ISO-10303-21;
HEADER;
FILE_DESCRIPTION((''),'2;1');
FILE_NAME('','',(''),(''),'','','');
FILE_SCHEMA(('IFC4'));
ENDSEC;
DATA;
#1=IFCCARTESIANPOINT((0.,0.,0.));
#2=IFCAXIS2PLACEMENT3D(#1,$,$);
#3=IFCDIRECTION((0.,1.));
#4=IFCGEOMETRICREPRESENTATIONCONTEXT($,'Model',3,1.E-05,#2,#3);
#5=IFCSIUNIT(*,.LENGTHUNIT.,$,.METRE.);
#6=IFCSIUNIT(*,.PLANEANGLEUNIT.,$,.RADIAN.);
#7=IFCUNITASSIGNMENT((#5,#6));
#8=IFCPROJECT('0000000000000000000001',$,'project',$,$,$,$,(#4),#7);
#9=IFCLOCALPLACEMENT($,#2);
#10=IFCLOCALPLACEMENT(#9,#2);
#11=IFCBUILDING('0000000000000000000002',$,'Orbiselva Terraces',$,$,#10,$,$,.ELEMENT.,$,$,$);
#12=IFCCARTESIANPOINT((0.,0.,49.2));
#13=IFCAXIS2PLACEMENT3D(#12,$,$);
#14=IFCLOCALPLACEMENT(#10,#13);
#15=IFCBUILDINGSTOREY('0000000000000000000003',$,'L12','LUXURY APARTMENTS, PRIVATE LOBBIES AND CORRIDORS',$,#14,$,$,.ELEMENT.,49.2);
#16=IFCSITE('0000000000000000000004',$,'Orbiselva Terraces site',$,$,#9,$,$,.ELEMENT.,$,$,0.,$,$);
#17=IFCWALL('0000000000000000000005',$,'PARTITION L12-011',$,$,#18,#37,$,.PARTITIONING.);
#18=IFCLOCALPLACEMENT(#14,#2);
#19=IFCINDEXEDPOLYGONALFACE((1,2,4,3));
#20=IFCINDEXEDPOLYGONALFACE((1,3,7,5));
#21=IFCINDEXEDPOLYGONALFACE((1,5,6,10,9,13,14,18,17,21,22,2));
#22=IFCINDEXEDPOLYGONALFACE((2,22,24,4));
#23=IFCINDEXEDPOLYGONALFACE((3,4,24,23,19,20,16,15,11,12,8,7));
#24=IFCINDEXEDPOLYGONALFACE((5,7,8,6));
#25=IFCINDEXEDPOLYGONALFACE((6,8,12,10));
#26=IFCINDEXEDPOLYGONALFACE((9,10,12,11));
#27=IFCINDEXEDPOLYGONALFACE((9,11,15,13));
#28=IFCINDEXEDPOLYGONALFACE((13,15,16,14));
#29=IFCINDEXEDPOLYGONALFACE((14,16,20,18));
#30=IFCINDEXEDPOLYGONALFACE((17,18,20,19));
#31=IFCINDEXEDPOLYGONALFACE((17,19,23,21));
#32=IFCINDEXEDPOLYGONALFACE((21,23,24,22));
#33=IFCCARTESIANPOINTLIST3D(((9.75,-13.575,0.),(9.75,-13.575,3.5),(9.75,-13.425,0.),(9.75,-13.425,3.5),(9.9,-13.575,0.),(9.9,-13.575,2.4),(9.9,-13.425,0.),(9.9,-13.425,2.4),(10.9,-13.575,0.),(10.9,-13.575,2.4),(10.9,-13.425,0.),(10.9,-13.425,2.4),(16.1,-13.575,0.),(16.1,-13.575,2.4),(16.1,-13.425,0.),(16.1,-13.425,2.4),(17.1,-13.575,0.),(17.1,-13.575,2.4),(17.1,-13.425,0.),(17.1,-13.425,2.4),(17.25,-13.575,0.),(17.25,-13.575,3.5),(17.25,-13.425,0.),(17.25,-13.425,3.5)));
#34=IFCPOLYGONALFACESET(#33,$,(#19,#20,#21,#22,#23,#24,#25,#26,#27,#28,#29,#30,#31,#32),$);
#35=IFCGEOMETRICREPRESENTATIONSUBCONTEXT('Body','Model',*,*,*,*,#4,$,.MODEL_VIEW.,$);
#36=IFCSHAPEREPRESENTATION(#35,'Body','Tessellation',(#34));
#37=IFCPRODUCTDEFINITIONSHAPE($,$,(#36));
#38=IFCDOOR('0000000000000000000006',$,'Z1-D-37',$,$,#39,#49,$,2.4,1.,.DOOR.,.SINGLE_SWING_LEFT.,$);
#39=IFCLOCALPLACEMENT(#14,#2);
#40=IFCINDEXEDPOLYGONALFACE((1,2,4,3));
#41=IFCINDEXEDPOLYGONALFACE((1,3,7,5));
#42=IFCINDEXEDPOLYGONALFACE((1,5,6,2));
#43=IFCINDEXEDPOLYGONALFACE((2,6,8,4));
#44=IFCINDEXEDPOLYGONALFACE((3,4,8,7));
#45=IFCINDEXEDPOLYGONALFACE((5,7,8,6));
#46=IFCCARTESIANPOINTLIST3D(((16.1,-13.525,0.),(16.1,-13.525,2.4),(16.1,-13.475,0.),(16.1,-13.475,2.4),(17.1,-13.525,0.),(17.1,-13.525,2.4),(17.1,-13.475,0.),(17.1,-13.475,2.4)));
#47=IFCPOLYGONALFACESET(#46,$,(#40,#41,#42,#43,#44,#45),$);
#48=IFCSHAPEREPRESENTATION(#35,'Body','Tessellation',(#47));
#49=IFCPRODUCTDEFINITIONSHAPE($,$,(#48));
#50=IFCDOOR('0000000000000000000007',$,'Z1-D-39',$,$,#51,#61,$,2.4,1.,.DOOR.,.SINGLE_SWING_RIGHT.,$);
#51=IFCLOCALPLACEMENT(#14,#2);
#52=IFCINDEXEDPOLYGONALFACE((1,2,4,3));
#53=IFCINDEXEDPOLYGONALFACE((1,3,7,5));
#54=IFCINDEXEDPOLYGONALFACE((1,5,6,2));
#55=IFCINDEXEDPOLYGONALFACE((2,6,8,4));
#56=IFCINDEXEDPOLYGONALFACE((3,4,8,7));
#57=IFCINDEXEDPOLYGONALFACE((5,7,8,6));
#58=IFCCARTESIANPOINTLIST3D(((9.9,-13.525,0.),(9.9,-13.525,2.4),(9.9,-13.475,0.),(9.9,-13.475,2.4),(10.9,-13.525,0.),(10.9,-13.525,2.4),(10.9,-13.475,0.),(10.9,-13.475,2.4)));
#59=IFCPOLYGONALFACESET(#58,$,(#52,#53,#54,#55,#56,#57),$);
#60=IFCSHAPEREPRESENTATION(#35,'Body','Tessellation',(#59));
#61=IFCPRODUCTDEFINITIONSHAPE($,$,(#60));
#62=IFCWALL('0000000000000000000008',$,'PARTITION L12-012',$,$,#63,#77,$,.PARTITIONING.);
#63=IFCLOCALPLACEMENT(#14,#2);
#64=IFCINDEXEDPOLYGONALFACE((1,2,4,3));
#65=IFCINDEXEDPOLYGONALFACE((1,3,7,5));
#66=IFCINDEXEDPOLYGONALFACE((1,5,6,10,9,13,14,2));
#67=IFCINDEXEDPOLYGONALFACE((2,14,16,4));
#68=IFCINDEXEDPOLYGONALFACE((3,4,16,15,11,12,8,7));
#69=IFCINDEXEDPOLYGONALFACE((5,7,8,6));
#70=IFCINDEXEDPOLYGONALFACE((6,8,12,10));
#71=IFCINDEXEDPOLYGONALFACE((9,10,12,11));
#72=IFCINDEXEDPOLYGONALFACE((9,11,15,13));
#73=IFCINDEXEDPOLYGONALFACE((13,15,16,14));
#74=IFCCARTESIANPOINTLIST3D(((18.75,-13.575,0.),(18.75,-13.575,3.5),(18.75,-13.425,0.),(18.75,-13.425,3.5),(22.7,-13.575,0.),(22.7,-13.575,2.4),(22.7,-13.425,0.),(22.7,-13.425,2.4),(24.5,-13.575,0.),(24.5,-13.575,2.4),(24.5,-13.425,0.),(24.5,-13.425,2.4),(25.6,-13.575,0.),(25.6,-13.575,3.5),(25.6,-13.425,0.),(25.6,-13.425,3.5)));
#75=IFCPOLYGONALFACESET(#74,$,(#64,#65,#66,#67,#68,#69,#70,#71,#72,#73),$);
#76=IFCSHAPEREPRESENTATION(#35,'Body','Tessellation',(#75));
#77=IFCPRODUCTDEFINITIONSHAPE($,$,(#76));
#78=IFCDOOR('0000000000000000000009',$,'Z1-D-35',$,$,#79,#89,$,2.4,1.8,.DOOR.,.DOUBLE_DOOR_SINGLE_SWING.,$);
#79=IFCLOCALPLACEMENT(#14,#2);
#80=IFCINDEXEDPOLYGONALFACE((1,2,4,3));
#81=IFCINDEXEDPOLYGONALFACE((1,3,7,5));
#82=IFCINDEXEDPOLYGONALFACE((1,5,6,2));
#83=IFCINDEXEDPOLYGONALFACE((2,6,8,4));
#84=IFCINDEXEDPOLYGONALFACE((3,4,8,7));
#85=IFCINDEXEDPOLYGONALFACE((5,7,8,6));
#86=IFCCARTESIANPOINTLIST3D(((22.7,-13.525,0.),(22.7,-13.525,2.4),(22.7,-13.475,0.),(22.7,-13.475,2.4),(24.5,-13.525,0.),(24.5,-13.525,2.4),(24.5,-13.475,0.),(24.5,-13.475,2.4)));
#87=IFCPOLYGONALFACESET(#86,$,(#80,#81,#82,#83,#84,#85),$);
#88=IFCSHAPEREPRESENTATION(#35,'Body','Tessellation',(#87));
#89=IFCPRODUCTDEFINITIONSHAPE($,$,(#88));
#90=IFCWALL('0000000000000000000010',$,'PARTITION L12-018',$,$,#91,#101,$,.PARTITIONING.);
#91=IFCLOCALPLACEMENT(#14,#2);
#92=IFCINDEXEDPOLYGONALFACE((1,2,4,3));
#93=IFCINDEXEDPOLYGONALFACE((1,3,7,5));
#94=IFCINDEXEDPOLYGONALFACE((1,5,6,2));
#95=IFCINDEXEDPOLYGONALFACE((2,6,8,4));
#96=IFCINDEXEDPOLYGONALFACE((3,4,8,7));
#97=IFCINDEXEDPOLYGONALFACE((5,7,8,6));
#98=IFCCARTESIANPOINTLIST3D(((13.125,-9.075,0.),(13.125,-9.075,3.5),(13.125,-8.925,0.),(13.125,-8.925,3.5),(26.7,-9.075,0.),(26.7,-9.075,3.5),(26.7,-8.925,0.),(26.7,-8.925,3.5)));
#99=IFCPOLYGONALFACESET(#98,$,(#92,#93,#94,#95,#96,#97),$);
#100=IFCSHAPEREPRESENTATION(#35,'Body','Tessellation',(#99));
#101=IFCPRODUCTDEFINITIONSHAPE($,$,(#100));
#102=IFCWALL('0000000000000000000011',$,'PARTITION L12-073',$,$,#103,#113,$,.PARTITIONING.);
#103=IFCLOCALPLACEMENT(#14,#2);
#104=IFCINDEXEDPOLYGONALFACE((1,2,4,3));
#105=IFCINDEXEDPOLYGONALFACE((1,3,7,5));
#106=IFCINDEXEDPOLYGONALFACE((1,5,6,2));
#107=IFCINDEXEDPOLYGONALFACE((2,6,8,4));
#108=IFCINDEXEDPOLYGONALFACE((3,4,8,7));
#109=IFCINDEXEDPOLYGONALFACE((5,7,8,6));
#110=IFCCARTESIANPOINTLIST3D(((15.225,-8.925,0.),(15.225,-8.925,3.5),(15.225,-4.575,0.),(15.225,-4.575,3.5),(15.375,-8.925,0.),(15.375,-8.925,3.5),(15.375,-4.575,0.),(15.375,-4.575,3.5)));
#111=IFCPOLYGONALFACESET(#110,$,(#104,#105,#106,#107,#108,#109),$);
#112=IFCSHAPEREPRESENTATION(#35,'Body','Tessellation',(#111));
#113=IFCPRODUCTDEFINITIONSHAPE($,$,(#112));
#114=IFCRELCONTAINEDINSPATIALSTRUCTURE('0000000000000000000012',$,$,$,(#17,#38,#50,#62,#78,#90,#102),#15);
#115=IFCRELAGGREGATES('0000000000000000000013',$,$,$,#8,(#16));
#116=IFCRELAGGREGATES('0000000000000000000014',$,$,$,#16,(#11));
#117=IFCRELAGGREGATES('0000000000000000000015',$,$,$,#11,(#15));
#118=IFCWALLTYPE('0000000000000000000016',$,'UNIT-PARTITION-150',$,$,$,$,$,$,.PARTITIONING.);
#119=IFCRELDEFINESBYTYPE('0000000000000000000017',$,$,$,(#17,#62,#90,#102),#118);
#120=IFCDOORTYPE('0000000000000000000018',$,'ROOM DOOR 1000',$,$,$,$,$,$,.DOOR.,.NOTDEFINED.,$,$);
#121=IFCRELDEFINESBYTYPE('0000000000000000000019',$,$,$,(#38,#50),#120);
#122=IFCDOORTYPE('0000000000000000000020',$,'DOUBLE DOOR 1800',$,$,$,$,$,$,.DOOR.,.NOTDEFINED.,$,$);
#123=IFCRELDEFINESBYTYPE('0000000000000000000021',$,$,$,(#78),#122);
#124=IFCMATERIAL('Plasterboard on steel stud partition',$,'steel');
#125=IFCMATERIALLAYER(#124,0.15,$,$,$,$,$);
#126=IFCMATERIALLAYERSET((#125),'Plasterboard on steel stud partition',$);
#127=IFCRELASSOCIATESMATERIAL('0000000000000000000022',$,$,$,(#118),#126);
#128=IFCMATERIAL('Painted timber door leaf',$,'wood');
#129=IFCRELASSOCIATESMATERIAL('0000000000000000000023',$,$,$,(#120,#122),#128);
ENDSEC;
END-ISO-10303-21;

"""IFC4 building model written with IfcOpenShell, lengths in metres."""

from ifc_helpers import new_model, si_unit, direction, frame, frame_2d, origin, place, context, subcontext, project, spatial, rectangle, extrude, material, layer, layer_set, type_object, element, fill, save


model = new_model("IFC4")

# Units and contexts
model_context = context("Model", 3, precision=1e-05, world=origin(), true_north=direction((0.0, 1.0)))
body_context = subcontext(model_context, "Body", "Model", "MODEL_VIEW")
ifc_project = project(units=[si_unit("LENGTHUNIT", "METRE"), si_unit("PLANEANGLEUNIT", "RADIAN")], contexts=[model_context])

# Site, building, storey
site_placement = place(None, origin())
site = spatial("IfcSite", under=ifc_project, at=site_placement, Name="Orbiselva Terraces site", CompositionType="ELEMENT", RefElevation=0.0)
building_placement = place(site_placement, origin())
building = spatial("IfcBuilding", under=site, at=building_placement, Name="Orbiselva Terraces", CompositionType="ELEMENT")
storey_placement = place(building_placement, frame((0.0, 0.0, 49.2)))
storey = spatial("IfcBuildingStorey", under=building, at=storey_placement, Name="L12", Description="LUXURY APARTMENTS, PRIVATE LOBBIES AND CORRIDORS", CompositionType="ELEMENT", Elevation=49.2)

# Shared definitions
ifc_material_1 = material(Name="Plasterboard on steel stud partition", Category="steel")
ifc_layer_1 = layer(ifc_material_1, 0.15)
ifc_layer_set_1 = layer_set([ifc_layer_1], Name="Plasterboard on steel stud partition")
wall_type_1 = type_object("IfcWallType", Name="UNIT-PARTITION-150", PredefinedType="PARTITIONING", material=ifc_layer_set_1)
ifc_material_2 = material(Name="Painted timber door leaf", Category="wood")

# Wall, openings, doors
wall_1_placement = place(storey_placement, frame((17.25, -13.5, 0.0), z_axis=(0.0, 0.0, 1.0), x_axis=(-1.0, 0.0, 0.0)))
wall_1 = element("IfcWall", 1, at=wall_1_placement, inside=storey, type_object=wall_type_1, Name="PARTITION L12-011", PredefinedType="PARTITIONING", context=body_context, shape_type="SweptSolid", body=[
    extrude(rectangle(XDim=7.5, YDim=0.15, at=frame_2d((3.75, 0.0))), origin(), (0.0, 0.0, 1.0), 3.5),
])
opening_1_placement = place(wall_1_placement, frame((0.15, 0.0, 0.0)))
opening_1 = element("IfcOpeningElement", 2, at=opening_1_placement, cuts=wall_1, PredefinedType="OPENING", context=body_context, shape_type="SweptSolid", body=[
    extrude(rectangle(XDim=1.0, YDim=2.4, at=frame_2d((0.5, 1.2))), frame((0.0, 0.085, 0.0), z_axis=(0.0, -1.0, 0.0), x_axis=(1.0, 0.0, 0.0)), (0.0, 0.0, 1.0), 0.17),
])
opening_2_placement = place(wall_1_placement, frame((6.35, 0.0, 0.0)))
opening_2 = element("IfcOpeningElement", 3, at=opening_2_placement, cuts=wall_1, PredefinedType="OPENING", context=body_context, shape_type="SweptSolid", body=[
    extrude(rectangle(XDim=1.0, YDim=2.4, at=frame_2d((0.5, 1.2))), frame((0.0, 0.085, 0.0), z_axis=(0.0, -1.0, 0.0), x_axis=(1.0, 0.0, 0.0)), (0.0, 0.0, 1.0), 0.17),
])
door_type_1 = type_object("IfcDoorType", Name="ROOM DOOR 1000", OperationType="NOTDEFINED", PredefinedType="DOOR", material=ifc_material_2)
door_1_placement = place(opening_1_placement, origin())
door_1 = element("IfcDoor", 4, at=door_1_placement, inside=storey, type_object=door_type_1, Name="Z1-D-37", OperationType="SINGLE_SWING_LEFT", OverallHeight=2.4, OverallWidth=1.0, PredefinedType="DOOR", context=body_context, shape_type="SweptSolid", body=[
    extrude(rectangle(XDim=1.0, YDim=2.4, at=frame_2d((0.5, 1.2))), frame((0.0, 0.025, 0.0), z_axis=(0.0, -1.0, 0.0), x_axis=(1.0, 0.0, 0.0)), (0.0, 0.0, 1.0), 0.05),
])
fill(opening_1, door_1)
door_2_placement = place(opening_2_placement, origin())
door_2 = element("IfcDoor", 5, at=door_2_placement, inside=storey, type_object=door_type_1, Name="Z1-D-39", OperationType="SINGLE_SWING_RIGHT", OverallHeight=2.4, OverallWidth=1.0, PredefinedType="DOOR", context=body_context, shape_type="SweptSolid", body=[
    extrude(rectangle(XDim=1.0, YDim=2.4, at=frame_2d((0.5, 1.2))), frame((0.0, 0.025, 0.0), z_axis=(0.0, -1.0, 0.0), x_axis=(1.0, 0.0, 0.0)), (0.0, 0.0, 1.0), 0.05),
])
fill(opening_2, door_2)

# Wall, opening, door
wall_2_placement = place(storey_placement, frame((25.6, -13.5, 0.0), z_axis=(0.0, 0.0, 1.0), x_axis=(-1.0, 0.0, 0.0)))
wall_2 = element("IfcWall", 6, at=wall_2_placement, inside=storey, type_object=wall_type_1, Name="PARTITION L12-012", PredefinedType="PARTITIONING", context=body_context, shape_type="SweptSolid", body=[
    extrude(rectangle(XDim=6.85, YDim=0.15, at=frame_2d((3.425, 0.0))), origin(), (0.0, 0.0, 1.0), 3.5),
])
opening_3_placement = place(wall_2_placement, frame((1.1, 0.0, 0.0)))
opening_3 = element("IfcOpeningElement", 7, at=opening_3_placement, cuts=wall_2, PredefinedType="OPENING", context=body_context, shape_type="SweptSolid", body=[
    extrude(rectangle(XDim=1.8, YDim=2.4, at=frame_2d((0.9, 1.2))), frame((0.0, 0.085, 0.0), z_axis=(0.0, -1.0, 0.0), x_axis=(1.0, 0.0, 0.0)), (0.0, 0.0, 1.0), 0.17),
])
door_type_2 = type_object("IfcDoorType", Name="DOUBLE DOOR 1800", OperationType="NOTDEFINED", PredefinedType="DOOR", material=ifc_material_2)
door_3_placement = place(opening_3_placement, origin())
door_3 = element("IfcDoor", 8, at=door_3_placement, inside=storey, type_object=door_type_2, Name="Z1-D-35", OperationType="DOUBLE_DOOR_SINGLE_SWING", OverallHeight=2.4, OverallWidth=1.8, PredefinedType="DOOR", context=body_context, shape_type="SweptSolid", body=[
    extrude(rectangle(XDim=1.8, YDim=2.4, at=frame_2d((0.9, 1.2))), frame((0.0, 0.025, 0.0), z_axis=(0.0, -1.0, 0.0), x_axis=(1.0, 0.0, 0.0)), (0.0, 0.0, 1.0), 0.05),
])
fill(opening_3, door_3)

# Walls
wall_3_placement = place(storey_placement, frame((13.125, -9.0, 0.0), z_axis=(0.0, 0.0, 1.0), x_axis=(1.0, 0.0, 0.0)))
element("IfcWall", 9, at=wall_3_placement, inside=storey, type_object=wall_type_1, Name="PARTITION L12-018", PredefinedType="PARTITIONING", context=body_context, shape_type="SweptSolid", body=[
    extrude(rectangle(XDim=13.575, YDim=0.15, at=frame_2d((6.7875, 0.0))), origin(), (0.0, 0.0, 1.0), 3.5),
])
wall_4_placement = place(storey_placement, frame((15.3, -8.925, 0.0), z_axis=(0.0, 0.0, 1.0), x_axis=(0.0, 1.0, 0.0)))
element("IfcWall", 10, at=wall_4_placement, inside=storey, type_object=wall_type_1, Name="PARTITION L12-073", PredefinedType="PARTITIONING", context=body_context, shape_type="SweptSolid", body=[
    extrude(rectangle(XDim=4.35, YDim=0.15, at=frame_2d((2.175, 0.0))), origin(), (0.0, 0.0, 1.0), 3.5),
])

save(model, "model.ifc")
